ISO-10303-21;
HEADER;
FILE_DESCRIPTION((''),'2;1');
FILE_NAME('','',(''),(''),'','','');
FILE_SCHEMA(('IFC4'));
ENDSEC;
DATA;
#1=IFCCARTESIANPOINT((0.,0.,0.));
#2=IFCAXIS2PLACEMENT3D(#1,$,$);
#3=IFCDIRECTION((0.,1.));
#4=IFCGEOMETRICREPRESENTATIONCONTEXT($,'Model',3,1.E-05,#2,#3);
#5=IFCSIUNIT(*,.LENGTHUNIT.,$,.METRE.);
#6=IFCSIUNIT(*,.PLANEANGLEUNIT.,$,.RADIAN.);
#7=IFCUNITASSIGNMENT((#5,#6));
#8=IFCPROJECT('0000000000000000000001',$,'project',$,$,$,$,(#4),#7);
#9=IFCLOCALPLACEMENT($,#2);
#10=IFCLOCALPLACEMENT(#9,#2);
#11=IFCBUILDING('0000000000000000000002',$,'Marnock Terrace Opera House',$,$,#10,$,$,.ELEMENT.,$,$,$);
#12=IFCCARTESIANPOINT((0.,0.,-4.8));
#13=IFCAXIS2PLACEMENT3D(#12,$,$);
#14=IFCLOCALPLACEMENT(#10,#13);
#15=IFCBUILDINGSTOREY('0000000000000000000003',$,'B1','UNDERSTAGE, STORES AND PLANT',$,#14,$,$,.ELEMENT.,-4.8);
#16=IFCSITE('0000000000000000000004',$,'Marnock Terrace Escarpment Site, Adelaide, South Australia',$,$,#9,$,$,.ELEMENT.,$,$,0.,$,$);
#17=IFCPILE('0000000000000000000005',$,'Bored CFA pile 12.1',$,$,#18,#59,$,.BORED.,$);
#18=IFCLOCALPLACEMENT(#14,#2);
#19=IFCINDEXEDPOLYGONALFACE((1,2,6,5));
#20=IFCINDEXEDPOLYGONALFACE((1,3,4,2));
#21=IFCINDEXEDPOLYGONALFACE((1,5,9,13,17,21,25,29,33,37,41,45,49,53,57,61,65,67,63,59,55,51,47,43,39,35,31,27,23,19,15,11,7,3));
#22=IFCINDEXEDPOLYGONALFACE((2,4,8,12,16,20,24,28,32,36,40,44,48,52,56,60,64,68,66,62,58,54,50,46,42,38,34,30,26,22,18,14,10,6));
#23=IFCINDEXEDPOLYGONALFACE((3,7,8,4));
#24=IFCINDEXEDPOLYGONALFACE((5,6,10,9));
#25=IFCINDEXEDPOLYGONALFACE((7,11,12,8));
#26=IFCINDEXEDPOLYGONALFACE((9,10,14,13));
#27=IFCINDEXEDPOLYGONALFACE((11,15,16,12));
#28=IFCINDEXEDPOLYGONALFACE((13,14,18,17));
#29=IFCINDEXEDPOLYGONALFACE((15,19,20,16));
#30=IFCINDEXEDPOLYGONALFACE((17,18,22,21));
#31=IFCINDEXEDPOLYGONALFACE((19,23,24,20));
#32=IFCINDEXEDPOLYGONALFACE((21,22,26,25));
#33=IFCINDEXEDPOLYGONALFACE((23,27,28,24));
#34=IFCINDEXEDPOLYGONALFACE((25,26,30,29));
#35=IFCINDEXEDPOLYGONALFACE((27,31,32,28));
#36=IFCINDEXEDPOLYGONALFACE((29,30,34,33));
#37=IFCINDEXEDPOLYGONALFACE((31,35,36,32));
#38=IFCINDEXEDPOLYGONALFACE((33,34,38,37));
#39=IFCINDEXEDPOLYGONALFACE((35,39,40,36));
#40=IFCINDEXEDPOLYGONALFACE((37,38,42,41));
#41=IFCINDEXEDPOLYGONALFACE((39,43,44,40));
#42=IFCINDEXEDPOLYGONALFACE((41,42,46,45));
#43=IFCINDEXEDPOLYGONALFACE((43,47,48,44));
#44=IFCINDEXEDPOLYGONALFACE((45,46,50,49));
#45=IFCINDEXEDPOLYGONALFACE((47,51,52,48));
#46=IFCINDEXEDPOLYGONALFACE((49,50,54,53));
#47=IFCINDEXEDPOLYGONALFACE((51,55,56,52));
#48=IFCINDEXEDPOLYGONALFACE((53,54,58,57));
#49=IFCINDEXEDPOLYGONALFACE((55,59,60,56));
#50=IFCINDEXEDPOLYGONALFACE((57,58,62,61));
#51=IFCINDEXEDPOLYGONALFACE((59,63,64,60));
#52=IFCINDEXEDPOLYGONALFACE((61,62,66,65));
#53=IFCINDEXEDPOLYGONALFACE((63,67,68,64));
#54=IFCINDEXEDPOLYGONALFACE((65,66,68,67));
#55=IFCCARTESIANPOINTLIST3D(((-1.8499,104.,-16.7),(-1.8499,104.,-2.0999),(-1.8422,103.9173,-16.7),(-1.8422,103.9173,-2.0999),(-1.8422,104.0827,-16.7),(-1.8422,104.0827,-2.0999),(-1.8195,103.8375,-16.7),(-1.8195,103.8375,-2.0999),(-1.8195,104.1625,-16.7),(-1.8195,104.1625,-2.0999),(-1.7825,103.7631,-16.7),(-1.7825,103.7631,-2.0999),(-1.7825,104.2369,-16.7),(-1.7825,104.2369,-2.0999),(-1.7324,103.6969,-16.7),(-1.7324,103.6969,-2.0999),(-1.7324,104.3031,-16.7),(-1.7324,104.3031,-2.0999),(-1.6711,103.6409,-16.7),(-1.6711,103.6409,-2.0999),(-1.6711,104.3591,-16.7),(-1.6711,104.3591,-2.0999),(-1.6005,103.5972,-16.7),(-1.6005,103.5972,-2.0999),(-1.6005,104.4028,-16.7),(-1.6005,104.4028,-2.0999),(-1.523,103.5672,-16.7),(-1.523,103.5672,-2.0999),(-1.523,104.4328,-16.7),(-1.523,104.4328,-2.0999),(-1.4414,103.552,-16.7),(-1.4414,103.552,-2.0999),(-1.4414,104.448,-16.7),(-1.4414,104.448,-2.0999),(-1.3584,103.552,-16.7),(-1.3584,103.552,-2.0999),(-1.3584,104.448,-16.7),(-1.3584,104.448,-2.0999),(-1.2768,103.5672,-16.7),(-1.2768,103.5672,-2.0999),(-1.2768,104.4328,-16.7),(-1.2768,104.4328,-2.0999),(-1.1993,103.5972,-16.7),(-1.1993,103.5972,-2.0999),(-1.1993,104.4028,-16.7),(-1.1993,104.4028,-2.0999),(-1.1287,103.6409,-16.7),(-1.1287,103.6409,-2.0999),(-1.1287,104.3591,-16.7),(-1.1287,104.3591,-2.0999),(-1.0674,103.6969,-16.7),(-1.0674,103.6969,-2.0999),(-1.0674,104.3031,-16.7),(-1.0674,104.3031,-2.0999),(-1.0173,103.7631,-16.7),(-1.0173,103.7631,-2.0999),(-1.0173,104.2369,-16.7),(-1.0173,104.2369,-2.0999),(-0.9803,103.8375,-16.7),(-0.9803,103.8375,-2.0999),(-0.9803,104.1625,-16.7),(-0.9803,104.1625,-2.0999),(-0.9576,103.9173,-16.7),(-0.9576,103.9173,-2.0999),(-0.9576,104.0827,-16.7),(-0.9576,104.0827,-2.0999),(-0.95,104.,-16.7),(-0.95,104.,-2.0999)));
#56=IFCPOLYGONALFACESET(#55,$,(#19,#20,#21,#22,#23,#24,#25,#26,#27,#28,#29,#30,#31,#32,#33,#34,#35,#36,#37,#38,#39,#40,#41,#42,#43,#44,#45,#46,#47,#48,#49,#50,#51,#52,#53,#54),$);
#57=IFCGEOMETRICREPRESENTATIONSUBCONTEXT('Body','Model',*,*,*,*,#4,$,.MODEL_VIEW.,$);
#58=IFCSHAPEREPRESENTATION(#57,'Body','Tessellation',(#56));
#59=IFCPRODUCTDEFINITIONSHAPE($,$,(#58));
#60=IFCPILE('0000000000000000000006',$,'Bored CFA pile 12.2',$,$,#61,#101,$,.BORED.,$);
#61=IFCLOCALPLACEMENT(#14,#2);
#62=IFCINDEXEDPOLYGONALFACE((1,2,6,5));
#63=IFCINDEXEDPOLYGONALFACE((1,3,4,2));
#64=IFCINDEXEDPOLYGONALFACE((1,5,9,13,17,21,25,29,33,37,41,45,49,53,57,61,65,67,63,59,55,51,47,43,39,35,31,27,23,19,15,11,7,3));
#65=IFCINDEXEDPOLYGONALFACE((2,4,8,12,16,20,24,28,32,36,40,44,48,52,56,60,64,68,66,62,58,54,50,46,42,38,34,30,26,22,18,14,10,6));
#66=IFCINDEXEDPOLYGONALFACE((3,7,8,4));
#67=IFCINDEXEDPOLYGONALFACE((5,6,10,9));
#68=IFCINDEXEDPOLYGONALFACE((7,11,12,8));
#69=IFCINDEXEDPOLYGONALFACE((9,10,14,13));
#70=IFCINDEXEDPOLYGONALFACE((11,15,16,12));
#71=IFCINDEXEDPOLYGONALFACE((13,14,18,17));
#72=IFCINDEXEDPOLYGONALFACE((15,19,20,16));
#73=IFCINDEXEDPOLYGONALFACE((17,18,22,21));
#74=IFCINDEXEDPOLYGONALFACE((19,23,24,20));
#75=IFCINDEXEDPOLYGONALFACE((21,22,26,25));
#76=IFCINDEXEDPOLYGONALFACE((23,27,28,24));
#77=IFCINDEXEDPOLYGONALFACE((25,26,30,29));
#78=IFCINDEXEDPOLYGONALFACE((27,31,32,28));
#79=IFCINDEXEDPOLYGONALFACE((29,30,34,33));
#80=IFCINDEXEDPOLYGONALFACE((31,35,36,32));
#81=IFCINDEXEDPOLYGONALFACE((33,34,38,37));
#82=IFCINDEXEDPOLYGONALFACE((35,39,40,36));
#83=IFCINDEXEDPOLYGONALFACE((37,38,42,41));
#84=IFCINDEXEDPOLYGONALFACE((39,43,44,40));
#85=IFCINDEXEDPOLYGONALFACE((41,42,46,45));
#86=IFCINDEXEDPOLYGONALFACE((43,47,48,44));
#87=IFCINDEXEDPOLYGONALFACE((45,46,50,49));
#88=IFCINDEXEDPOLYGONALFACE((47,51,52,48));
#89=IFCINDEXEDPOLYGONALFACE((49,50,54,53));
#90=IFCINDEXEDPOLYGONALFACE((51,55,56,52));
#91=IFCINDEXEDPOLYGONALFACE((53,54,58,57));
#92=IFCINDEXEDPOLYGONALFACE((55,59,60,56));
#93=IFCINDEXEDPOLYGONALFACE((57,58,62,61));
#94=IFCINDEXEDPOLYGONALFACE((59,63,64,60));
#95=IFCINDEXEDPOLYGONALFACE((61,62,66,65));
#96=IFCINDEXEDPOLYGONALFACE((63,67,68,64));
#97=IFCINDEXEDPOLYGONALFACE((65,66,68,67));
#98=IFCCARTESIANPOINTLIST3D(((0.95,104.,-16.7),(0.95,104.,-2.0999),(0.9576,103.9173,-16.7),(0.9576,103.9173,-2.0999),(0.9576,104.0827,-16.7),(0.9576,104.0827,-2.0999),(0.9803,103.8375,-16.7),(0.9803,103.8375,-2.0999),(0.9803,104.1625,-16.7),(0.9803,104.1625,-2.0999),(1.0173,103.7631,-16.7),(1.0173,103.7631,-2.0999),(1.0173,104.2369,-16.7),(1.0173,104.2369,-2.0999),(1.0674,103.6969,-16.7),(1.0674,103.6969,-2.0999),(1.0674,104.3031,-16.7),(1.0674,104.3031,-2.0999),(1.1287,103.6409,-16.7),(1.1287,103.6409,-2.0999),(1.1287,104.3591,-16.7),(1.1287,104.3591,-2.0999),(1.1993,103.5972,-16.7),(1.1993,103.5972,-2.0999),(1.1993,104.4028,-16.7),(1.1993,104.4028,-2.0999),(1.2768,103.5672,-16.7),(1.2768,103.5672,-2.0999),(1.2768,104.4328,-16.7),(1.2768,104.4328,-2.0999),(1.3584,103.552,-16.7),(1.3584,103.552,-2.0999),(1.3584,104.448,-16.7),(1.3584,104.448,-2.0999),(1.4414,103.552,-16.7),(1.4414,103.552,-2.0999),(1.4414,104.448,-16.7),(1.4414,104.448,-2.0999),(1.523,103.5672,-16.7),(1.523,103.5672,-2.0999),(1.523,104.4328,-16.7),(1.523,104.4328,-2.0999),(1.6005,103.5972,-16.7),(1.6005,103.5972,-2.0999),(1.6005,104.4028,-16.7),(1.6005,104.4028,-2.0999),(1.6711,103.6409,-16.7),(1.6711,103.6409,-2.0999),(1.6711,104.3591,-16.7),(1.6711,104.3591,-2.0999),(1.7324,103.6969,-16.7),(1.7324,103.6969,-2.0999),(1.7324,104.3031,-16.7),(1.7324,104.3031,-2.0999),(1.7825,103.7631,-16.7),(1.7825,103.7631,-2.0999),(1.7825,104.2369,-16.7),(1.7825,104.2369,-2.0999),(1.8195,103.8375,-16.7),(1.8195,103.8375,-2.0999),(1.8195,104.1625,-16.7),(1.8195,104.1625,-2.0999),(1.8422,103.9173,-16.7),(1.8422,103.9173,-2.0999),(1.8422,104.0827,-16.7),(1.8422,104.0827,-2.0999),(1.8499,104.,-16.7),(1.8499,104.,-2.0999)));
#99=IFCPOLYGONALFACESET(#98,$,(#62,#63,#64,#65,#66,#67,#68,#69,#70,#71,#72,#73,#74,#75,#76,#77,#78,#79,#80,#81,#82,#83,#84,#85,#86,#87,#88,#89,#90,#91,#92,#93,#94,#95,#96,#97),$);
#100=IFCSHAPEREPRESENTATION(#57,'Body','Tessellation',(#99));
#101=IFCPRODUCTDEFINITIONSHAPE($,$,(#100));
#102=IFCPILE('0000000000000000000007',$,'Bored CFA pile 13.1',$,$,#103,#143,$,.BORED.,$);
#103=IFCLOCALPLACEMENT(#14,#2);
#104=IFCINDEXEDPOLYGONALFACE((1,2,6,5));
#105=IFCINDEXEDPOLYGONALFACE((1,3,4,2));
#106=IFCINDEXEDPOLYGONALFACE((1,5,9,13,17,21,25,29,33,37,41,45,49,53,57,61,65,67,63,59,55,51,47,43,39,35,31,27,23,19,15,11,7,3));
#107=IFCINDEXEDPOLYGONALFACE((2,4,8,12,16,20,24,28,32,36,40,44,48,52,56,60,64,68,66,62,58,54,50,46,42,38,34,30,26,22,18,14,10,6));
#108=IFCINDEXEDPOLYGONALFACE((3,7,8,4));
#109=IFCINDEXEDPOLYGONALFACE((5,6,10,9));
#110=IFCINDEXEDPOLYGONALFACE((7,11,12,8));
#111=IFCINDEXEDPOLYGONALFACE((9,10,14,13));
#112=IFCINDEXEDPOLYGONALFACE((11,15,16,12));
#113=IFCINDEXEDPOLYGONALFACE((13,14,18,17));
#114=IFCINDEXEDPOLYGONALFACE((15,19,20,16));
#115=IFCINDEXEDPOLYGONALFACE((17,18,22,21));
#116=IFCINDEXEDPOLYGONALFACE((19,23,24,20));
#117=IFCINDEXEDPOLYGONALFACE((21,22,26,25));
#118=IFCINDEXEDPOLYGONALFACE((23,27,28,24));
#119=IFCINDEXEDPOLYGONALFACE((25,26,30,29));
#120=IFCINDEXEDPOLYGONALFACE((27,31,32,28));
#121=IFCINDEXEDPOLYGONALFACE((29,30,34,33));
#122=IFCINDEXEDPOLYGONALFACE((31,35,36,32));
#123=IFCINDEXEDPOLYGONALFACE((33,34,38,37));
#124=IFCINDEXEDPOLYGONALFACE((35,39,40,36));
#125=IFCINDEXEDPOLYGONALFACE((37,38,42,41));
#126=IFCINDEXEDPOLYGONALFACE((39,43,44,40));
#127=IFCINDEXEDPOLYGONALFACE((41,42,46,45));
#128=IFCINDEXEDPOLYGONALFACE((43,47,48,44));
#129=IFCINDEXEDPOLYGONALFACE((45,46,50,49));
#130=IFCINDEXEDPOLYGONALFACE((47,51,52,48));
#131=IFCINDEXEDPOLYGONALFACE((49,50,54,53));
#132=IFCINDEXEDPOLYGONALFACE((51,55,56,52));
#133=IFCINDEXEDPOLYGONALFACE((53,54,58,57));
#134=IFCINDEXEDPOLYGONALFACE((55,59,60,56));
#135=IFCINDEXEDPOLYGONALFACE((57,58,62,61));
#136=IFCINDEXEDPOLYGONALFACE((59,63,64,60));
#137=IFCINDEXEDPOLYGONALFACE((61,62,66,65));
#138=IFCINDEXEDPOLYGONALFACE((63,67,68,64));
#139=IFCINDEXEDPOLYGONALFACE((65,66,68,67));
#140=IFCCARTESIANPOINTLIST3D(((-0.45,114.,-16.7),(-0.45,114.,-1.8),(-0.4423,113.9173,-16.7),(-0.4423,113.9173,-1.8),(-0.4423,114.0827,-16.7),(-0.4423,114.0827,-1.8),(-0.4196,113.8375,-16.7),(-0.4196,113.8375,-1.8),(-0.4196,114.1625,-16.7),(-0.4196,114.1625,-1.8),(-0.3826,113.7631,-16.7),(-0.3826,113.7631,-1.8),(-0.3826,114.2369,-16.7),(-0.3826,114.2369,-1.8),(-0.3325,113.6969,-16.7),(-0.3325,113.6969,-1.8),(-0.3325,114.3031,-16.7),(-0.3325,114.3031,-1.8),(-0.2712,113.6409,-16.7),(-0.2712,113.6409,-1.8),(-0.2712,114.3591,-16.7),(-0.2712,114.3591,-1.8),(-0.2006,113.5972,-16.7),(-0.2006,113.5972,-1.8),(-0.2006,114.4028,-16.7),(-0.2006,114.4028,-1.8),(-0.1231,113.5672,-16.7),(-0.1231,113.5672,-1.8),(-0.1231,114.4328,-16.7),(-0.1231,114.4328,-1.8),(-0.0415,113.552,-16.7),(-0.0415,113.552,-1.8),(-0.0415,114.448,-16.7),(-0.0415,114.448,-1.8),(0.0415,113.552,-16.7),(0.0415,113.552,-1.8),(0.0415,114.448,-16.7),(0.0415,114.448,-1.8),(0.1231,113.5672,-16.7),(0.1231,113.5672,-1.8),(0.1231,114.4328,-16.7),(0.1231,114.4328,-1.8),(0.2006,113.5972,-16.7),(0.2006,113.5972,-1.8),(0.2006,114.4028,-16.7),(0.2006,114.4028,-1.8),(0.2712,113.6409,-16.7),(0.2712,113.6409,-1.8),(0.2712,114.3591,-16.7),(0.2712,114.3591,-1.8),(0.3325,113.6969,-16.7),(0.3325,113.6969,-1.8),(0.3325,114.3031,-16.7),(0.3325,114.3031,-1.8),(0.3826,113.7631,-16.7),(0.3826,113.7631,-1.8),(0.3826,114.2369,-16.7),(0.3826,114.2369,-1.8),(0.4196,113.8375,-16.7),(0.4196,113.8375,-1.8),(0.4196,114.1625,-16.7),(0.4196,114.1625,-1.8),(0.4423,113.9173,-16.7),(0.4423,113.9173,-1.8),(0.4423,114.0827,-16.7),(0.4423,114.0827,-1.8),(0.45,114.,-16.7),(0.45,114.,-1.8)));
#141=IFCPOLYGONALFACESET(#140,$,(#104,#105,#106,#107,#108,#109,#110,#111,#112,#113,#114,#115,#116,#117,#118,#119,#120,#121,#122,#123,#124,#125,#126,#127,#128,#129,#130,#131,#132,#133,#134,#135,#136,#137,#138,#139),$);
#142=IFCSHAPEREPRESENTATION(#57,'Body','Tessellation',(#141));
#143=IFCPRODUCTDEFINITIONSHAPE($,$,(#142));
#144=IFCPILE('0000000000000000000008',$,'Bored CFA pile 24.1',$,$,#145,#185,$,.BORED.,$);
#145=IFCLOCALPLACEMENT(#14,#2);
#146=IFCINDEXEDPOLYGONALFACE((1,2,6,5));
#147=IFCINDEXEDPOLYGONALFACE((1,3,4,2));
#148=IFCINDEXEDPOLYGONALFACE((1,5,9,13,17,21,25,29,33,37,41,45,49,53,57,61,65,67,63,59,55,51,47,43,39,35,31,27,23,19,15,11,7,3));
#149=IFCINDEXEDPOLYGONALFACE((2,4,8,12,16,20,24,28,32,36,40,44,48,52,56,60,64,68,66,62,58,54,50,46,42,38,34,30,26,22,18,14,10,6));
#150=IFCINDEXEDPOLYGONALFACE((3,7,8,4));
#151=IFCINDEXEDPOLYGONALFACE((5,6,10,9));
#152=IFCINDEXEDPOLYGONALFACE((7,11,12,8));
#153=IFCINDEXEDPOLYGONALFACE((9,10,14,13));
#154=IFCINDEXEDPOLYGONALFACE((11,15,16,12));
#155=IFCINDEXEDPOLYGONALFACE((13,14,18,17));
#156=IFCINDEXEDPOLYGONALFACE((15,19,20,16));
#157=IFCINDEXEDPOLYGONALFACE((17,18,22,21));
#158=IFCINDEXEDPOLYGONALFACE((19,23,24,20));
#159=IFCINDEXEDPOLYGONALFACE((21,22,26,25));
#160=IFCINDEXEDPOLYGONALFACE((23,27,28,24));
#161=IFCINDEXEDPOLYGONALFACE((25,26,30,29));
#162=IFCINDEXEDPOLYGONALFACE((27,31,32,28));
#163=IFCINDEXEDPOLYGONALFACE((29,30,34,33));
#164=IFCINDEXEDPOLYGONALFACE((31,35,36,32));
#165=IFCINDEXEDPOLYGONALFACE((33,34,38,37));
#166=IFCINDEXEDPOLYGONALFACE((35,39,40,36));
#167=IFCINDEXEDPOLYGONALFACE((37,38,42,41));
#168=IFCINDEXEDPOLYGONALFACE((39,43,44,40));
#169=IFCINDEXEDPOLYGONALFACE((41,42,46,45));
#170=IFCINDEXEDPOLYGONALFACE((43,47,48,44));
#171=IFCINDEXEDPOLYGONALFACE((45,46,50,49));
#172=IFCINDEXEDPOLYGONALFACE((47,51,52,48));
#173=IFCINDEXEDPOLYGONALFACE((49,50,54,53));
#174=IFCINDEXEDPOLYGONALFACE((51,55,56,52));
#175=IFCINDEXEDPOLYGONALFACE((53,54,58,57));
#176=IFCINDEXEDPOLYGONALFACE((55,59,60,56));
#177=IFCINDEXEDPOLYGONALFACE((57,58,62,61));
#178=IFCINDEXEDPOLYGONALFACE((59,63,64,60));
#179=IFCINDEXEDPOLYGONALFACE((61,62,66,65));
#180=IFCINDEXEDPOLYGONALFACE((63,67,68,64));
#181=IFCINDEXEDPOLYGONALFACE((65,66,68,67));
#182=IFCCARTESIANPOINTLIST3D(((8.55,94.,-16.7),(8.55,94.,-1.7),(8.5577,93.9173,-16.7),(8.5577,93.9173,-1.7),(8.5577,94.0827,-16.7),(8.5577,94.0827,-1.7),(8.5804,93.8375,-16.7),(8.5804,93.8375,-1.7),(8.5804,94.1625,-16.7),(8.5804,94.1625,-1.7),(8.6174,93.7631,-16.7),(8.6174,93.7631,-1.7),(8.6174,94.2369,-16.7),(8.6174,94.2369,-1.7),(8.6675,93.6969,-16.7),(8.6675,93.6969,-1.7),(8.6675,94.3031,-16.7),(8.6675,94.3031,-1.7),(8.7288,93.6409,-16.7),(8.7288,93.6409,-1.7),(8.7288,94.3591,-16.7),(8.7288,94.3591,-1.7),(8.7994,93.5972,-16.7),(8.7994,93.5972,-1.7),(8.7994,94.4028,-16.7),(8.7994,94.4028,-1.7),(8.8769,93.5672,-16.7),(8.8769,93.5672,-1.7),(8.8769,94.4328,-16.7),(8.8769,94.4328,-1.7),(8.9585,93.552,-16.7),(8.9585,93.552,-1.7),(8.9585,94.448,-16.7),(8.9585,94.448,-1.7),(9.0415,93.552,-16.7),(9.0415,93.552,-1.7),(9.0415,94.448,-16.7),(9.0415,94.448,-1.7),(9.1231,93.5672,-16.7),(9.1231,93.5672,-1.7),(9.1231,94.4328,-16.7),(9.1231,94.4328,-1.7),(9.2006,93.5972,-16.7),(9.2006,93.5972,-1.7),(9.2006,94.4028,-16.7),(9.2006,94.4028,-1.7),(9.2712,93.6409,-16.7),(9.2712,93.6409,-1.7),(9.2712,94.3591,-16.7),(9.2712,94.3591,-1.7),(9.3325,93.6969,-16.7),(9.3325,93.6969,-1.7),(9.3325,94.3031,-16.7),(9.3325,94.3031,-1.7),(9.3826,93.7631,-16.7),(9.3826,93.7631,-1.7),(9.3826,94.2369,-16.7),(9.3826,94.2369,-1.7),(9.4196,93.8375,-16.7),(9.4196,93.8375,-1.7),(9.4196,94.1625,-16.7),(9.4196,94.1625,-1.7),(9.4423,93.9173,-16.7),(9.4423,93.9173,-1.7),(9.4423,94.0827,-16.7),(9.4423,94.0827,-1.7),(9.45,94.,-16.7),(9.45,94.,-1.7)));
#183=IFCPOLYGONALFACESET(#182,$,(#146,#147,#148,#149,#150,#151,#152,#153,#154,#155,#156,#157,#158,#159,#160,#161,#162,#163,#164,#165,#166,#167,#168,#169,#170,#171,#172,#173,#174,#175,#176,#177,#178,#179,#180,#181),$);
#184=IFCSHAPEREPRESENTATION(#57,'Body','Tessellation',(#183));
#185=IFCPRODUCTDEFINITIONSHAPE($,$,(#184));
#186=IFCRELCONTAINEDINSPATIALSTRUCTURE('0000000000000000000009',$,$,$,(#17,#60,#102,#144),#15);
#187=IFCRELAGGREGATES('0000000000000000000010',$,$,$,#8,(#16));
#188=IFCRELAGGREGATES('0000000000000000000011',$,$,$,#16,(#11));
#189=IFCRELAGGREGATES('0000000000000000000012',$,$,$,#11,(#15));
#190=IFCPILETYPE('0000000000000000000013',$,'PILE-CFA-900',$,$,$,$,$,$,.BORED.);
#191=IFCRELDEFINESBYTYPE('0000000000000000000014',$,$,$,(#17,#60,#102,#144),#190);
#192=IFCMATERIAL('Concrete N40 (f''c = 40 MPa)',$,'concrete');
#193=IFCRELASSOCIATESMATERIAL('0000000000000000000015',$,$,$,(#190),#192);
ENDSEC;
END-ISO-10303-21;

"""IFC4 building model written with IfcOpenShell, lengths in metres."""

from ifc_helpers import new_model, si_unit, direction, frame, origin, origin_2d, place, context, subcontext, project, spatial, circle, extrude, material, material_profile, profile_set, type_object, element, save


model = new_model("IFC4")

# Units and contexts
model_context = context("Model", 3, precision=1e-05, world=origin(), true_north=direction((0.0, 1.0)))
body_context = subcontext(model_context, "Body", "Model", "MODEL_VIEW")
ifc_project = project(units=[si_unit("LENGTHUNIT", "METRE"), si_unit("PLANEANGLEUNIT", "RADIAN")], contexts=[model_context])

# Site, building, storey
site_placement = place(None, origin())
site = spatial("IfcSite", under=ifc_project, at=site_placement, Name="Marnock Terrace Escarpment Site, Adelaide, South Australia", CompositionType="ELEMENT", RefElevation=0.0)
building_placement = place(site_placement, origin())
building = spatial("IfcBuilding", under=site, at=building_placement, Name="Marnock Terrace Opera House", CompositionType="ELEMENT")
storey_placement = place(building_placement, frame((0.0, 0.0, -4.8)))
storey = spatial("IfcBuildingStorey", under=building, at=storey_placement, Name="B1", Description="UNDERSTAGE, STORES AND PLANT", CompositionType="ELEMENT", Elevation=-4.8)

# Shared definitions
ifc_material_1 = material(Name="Concrete N40 (f'c = 40 MPa)", Category="concrete")

# Piles
ifc_material_profile_1 = material_profile(ifc_material_1, circle(Radius=0.45, at=origin_2d()))
ifc_profile_set_1 = profile_set([ifc_material_profile_1], Name="Concrete N40 (f'c = 40 MPa)")
pile_type = type_object("IfcPileType", Name="PILE-CFA-900", PredefinedType="BORED", material=ifc_profile_set_1)
for number, where, z_axis, x_axis, name in (
    (1, (-1.3999, 104.0, -2.0999), (0.0, 0.0, -1.0), (1.0, 0.0, 0.0), "Bored CFA pile 12.1"),
    (2, (1.3999, 104.0, -2.0999), (0.0, 0.0, -1.0), (1.0, 0.0, 0.0), "Bored CFA pile 12.2"),
):
    element("IfcPile", number, at=place(storey_placement, frame(where, z_axis=z_axis, x_axis=x_axis)), inside=storey, type_object=pile_type, Name=name, PredefinedType="BORED", context=body_context, shape_type="SweptSolid", body=[
        extrude(circle(Radius=0.45, at=origin_2d()), origin(), (0.0, 0.0, 1.0), 14.6001),
    ])
pile_1_placement = place(storey_placement, frame((0.0, 114.0, -1.8), z_axis=(0.0, 0.0, -1.0), x_axis=(1.0, 0.0, 0.0)))
element("IfcPile", 3, at=pile_1_placement, inside=storey, type_object=pile_type, Name="Bored CFA pile 13.1", PredefinedType="BORED", context=body_context, shape_type="SweptSolid", body=[
    extrude(circle(Radius=0.45, at=origin_2d()), origin(), (0.0, 0.0, 1.0), 14.8999),
])
pile_2_placement = place(storey_placement, frame((9.0, 94.0, -1.7), z_axis=(0.0, 0.0, -1.0), x_axis=(1.0, 0.0, 0.0)))
element("IfcPile", 4, at=pile_2_placement, inside=storey, type_object=pile_type, Name="Bored CFA pile 24.1", PredefinedType="BORED", context=body_context, shape_type="SweptSolid", body=[
    extrude(circle(Radius=0.45, at=origin_2d()), origin(), (0.0, 0.0, 1.0), 15.0),
])

save(model, "model.ifc")
